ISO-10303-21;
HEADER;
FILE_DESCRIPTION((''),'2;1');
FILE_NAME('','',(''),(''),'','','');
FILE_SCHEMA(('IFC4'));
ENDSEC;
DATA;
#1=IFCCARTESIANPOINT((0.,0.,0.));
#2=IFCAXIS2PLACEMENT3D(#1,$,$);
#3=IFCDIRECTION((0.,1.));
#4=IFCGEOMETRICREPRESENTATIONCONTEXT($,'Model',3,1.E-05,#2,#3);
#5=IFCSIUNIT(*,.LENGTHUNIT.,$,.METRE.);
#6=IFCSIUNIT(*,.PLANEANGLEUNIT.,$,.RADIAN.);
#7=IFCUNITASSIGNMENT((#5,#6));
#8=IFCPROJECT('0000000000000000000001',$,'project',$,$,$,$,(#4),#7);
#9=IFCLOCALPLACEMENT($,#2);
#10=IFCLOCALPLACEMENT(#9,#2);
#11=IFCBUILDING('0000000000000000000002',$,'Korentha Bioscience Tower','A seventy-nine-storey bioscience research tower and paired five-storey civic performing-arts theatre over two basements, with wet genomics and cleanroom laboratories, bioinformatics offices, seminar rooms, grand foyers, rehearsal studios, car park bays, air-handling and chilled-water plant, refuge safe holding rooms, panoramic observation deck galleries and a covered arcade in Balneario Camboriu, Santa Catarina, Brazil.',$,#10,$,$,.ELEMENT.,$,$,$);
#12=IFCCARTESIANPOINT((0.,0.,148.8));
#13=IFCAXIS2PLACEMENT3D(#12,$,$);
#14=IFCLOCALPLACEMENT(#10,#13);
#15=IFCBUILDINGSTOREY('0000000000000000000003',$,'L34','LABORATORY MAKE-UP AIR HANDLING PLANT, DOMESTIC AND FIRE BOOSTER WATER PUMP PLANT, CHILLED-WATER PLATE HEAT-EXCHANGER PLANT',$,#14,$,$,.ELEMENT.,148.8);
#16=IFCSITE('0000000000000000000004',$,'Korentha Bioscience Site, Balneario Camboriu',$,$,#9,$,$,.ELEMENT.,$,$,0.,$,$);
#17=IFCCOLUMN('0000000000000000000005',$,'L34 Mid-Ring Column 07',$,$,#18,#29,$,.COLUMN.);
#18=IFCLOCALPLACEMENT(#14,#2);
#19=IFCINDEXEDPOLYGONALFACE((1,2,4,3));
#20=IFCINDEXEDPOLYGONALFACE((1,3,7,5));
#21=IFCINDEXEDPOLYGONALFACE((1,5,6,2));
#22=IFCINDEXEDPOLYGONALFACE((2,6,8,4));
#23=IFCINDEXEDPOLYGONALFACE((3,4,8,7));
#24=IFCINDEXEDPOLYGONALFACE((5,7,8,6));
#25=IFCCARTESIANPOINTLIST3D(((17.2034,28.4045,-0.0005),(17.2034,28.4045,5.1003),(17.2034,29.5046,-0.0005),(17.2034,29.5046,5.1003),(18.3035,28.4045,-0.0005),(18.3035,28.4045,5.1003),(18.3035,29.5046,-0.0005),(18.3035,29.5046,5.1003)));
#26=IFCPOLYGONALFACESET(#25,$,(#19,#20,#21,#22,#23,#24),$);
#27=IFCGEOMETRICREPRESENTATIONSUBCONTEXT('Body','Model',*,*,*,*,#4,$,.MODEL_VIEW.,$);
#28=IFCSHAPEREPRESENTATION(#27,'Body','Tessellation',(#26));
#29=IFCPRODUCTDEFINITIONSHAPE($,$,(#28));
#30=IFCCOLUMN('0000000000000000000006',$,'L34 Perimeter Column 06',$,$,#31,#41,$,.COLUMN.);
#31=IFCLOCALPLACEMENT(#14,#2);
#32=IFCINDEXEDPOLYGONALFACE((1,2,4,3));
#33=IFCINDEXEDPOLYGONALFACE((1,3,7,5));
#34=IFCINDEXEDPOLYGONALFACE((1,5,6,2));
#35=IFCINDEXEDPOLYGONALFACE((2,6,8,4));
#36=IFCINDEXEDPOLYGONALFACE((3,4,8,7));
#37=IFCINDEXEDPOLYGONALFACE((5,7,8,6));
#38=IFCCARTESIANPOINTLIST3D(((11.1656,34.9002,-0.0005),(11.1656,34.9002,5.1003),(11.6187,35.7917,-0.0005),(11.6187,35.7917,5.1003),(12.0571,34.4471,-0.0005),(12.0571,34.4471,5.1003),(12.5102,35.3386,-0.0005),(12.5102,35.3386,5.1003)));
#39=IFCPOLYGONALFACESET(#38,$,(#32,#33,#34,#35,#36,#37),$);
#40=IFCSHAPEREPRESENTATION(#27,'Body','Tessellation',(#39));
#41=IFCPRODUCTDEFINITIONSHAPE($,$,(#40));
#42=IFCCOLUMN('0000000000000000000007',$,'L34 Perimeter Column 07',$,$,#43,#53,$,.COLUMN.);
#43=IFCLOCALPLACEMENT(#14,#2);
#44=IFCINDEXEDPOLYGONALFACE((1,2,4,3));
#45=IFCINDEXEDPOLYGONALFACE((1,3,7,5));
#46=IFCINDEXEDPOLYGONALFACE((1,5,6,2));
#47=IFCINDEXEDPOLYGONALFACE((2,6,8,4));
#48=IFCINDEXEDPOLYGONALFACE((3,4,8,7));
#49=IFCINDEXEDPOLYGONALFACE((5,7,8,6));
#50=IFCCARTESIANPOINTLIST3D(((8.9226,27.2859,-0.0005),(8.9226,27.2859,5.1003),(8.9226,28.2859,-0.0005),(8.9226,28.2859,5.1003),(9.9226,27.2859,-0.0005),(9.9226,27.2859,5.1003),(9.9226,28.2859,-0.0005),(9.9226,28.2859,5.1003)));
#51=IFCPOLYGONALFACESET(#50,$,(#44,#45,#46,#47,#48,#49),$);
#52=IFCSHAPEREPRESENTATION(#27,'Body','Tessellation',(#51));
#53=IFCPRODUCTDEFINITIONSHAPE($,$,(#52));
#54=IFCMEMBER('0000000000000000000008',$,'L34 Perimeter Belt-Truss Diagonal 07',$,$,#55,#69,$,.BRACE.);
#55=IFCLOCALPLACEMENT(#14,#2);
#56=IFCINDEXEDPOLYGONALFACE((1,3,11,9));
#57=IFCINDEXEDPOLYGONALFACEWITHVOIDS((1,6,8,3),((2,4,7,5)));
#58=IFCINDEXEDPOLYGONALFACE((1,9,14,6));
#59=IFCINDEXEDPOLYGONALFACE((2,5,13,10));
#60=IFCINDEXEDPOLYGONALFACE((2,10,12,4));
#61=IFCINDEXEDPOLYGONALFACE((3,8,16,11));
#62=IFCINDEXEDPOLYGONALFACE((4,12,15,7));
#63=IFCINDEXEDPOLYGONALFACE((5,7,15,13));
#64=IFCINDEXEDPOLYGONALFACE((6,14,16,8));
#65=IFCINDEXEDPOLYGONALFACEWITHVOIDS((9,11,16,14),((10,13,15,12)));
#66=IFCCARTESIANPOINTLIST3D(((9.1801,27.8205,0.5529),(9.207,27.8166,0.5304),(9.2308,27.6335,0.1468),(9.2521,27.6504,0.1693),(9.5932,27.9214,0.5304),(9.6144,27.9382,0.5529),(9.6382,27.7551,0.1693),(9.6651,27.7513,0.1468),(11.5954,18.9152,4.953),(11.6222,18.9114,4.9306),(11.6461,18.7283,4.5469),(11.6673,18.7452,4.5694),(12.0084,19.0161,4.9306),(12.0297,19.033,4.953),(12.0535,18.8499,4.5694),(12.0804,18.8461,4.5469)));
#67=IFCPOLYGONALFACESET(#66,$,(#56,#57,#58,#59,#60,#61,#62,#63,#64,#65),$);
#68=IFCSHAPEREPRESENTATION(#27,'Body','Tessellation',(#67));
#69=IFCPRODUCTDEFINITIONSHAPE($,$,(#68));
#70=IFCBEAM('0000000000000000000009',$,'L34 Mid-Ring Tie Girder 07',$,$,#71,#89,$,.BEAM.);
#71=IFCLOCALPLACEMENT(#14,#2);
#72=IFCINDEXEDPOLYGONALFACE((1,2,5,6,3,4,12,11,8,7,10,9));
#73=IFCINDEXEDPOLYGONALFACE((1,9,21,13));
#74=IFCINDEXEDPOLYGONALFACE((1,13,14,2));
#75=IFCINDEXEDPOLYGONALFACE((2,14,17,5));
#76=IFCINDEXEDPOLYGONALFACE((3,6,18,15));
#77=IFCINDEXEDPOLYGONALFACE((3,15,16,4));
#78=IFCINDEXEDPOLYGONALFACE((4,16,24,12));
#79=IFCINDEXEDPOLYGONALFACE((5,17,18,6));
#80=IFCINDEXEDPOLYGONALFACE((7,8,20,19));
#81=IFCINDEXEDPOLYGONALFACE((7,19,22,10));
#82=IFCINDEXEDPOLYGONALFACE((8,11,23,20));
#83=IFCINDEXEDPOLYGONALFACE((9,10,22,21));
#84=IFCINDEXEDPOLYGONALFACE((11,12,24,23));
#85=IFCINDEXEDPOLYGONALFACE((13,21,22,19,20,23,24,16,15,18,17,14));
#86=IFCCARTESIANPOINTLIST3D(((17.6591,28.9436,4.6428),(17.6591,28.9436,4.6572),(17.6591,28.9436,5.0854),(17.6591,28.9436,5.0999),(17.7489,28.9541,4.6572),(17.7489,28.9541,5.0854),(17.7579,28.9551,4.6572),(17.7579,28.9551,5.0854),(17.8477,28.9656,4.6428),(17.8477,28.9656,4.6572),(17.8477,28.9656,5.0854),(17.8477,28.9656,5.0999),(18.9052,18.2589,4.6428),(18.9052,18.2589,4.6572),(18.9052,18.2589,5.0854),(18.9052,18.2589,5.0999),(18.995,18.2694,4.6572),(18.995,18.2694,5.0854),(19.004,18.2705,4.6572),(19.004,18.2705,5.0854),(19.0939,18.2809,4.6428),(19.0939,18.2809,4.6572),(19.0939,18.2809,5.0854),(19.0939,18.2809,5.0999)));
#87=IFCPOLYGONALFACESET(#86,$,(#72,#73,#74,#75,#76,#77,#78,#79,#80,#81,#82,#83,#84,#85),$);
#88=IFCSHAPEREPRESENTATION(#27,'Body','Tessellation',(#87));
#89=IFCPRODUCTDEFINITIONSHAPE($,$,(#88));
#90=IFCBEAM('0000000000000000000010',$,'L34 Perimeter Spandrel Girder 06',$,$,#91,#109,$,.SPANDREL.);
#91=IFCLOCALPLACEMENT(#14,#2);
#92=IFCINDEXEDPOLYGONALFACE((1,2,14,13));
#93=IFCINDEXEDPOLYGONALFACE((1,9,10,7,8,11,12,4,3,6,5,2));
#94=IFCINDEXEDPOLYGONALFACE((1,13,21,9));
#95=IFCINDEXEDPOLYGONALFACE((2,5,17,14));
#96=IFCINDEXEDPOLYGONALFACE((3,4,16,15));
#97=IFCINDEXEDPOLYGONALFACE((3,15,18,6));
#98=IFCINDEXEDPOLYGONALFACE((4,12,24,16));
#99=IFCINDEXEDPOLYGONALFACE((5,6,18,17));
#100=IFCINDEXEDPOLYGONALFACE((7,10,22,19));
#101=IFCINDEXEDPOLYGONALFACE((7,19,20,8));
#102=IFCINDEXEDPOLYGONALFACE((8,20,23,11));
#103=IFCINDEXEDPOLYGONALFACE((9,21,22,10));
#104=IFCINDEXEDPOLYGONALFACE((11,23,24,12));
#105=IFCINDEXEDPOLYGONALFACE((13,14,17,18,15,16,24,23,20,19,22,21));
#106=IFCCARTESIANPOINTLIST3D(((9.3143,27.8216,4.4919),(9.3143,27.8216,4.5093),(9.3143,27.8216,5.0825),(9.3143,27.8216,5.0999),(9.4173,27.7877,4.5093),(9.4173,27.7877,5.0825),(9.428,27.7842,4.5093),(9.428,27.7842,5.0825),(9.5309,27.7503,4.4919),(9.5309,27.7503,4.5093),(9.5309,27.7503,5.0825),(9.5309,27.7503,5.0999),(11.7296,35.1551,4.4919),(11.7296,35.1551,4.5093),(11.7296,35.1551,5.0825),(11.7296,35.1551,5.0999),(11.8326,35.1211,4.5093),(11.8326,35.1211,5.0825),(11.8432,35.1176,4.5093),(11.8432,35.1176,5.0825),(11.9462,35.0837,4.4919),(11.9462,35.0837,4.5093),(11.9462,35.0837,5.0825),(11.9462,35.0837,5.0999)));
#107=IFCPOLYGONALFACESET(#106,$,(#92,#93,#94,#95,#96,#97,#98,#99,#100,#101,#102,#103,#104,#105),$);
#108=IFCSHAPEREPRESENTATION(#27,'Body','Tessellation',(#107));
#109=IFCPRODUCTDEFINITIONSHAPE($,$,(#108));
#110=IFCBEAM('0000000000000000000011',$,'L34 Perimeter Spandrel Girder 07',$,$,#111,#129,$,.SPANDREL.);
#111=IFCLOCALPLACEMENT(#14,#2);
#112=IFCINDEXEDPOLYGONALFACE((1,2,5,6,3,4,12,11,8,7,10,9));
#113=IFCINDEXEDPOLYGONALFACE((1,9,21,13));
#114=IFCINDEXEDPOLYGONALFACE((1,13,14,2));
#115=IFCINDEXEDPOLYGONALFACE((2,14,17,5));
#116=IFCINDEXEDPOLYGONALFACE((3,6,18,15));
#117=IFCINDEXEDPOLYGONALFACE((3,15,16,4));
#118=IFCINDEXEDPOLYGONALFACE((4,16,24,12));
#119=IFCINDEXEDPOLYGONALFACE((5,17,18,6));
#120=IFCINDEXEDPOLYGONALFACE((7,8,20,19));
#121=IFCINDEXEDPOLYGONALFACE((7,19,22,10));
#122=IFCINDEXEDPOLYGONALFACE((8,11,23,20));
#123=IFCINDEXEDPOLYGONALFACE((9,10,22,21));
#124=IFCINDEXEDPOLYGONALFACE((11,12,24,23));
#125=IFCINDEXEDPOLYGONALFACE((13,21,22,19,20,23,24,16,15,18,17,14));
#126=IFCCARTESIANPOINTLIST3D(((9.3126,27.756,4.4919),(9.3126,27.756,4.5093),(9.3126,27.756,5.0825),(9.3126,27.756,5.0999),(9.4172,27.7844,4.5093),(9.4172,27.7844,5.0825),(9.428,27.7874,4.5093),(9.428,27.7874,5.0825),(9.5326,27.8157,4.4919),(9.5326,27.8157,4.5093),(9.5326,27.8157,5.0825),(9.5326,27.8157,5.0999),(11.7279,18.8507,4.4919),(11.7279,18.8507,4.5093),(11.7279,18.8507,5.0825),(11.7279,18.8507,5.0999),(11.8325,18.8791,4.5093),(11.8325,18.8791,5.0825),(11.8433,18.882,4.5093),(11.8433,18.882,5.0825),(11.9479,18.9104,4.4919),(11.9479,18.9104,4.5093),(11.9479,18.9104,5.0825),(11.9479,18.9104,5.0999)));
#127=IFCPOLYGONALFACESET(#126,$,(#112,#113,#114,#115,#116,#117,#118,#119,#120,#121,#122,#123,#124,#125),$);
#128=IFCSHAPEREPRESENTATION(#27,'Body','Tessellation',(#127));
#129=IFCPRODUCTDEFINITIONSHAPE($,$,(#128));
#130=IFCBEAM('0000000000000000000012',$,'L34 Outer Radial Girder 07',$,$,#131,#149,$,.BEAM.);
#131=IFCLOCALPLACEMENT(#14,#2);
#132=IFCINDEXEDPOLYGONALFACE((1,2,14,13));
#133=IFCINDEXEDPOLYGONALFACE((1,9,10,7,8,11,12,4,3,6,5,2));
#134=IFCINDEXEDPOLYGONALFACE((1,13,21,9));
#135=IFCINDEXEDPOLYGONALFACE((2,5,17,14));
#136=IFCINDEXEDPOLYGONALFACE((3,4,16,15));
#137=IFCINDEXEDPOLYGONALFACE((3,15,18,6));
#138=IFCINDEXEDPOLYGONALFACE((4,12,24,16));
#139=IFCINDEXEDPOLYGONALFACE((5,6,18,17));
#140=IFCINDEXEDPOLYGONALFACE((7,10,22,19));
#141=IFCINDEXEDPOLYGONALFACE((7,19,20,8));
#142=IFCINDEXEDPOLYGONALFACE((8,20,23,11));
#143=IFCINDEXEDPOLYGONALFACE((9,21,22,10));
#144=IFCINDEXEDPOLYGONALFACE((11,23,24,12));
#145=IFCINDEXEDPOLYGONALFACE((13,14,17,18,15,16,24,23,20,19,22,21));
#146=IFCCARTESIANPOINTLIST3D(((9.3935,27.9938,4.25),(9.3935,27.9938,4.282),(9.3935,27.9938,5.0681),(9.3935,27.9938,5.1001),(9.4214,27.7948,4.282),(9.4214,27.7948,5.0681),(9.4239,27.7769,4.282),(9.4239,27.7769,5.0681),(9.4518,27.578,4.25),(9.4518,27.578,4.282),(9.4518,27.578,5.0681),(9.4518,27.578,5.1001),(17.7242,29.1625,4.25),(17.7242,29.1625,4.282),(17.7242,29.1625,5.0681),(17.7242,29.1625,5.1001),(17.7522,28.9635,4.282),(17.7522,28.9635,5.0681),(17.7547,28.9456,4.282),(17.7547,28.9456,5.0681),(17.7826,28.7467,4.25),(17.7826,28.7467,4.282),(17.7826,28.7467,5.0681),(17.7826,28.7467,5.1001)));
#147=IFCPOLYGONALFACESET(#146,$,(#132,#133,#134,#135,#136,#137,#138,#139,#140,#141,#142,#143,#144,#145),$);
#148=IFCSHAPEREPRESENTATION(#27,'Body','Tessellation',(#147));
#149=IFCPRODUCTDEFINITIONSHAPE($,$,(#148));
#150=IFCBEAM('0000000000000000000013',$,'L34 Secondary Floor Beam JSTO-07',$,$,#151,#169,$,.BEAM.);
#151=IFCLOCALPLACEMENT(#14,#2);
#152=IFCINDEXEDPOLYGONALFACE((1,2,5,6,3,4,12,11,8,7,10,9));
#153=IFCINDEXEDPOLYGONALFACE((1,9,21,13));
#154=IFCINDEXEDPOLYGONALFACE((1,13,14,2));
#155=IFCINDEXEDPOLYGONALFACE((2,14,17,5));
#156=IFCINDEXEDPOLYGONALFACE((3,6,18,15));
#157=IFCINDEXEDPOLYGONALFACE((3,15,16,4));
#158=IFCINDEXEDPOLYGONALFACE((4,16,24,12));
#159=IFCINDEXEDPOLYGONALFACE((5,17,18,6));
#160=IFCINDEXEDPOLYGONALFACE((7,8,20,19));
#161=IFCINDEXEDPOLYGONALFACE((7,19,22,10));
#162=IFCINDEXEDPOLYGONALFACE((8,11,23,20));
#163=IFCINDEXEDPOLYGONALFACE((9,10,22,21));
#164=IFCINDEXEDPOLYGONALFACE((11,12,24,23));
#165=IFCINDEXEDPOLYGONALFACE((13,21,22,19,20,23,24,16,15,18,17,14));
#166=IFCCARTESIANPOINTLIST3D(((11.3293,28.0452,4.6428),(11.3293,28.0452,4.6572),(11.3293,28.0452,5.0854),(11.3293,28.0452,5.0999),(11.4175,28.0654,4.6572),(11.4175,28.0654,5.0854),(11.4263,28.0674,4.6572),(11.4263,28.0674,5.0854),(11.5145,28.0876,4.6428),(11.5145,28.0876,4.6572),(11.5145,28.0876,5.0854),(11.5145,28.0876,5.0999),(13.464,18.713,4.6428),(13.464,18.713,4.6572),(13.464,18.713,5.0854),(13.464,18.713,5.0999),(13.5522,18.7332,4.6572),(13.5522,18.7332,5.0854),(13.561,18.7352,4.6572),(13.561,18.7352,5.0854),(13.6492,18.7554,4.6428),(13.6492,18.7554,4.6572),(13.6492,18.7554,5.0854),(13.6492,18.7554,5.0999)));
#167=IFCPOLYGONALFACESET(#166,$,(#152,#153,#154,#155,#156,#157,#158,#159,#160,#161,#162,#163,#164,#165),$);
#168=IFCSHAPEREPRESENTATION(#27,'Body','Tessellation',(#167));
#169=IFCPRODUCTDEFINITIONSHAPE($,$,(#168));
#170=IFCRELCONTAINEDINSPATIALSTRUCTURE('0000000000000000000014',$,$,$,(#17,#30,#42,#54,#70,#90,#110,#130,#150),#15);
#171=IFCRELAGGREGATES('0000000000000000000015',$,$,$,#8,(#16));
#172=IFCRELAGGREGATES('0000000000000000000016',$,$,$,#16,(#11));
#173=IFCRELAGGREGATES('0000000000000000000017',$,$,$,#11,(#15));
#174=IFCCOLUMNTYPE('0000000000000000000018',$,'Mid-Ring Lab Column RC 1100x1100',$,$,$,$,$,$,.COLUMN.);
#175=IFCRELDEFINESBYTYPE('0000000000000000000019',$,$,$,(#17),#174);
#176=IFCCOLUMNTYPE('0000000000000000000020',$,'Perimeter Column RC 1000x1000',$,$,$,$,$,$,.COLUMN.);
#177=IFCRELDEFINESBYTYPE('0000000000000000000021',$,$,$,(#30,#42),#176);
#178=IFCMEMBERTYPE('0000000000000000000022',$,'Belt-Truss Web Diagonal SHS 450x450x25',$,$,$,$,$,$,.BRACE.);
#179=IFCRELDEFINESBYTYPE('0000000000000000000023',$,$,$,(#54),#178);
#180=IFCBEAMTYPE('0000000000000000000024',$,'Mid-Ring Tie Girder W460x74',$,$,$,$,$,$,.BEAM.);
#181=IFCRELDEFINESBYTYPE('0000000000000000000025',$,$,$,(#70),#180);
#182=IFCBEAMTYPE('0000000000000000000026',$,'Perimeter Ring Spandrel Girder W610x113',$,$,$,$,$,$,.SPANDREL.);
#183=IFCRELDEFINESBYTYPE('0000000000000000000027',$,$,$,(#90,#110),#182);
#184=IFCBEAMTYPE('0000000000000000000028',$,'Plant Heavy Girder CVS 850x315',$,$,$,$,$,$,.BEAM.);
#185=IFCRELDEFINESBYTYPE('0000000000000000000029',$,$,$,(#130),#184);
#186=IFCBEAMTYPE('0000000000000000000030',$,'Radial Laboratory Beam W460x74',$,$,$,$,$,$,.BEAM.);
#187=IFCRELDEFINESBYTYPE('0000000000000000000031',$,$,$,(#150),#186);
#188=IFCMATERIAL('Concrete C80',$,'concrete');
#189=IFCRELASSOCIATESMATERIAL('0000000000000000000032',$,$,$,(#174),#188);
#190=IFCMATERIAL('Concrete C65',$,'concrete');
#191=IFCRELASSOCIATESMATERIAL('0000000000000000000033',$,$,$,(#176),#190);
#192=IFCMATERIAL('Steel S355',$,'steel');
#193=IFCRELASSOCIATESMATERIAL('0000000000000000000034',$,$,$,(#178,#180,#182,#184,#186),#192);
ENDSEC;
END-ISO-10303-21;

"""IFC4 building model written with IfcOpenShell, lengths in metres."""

from ifc_helpers import new_model, si_unit, direction, frame, origin, origin_2d, place, context, subcontext, project, spatial, rectangle, hollow_rectangle, i_section, extrude, material, material_profile, profile_set, type_object, element, save


model = new_model("IFC4")

# Units and contexts
model_context = context("Model", 3, precision=1e-05, world=origin(), true_north=direction((0.0, 1.0)))
body_context = subcontext(model_context, "Body", "Model", "MODEL_VIEW")
ifc_project = project(units=[si_unit("LENGTHUNIT", "METRE"), si_unit("PLANEANGLEUNIT", "RADIAN")], contexts=[model_context])

# Site, building, storey
site_placement = place(None, origin())
site = spatial("IfcSite", under=ifc_project, at=site_placement, Name="Korentha Bioscience Site, Balneario Camboriu", CompositionType="ELEMENT", RefElevation=0.0)
building_placement = place(site_placement, origin())
building = spatial("IfcBuilding", under=site, at=building_placement, Name="Korentha Bioscience Tower", Description="A seventy-nine-storey bioscience research tower and paired five-storey civic performing-arts theatre over two basements, with wet genomics and cleanroom laboratories, bioinformatics offices, seminar rooms, grand foyers, rehearsal studios, car park bays, air-handling and chilled-water plant, refuge safe holding rooms, panoramic observation deck galleries and a covered arcade in Balneario Camboriu, Santa Catarina, Brazil.", CompositionType="ELEMENT")
storey_placement = place(building_placement, frame((0.0, 0.0, 148.8)))
storey = spatial("IfcBuildingStorey", under=building, at=storey_placement, Name="L34", Description="LABORATORY MAKE-UP AIR HANDLING PLANT, DOMESTIC AND FIRE BOOSTER WATER PUMP PLANT, CHILLED-WATER PLATE HEAT-EXCHANGER PLANT", CompositionType="ELEMENT", Elevation=148.8)

# Columns
ifc_material_1 = material(Name="Concrete C80", Category="concrete")
ifc_material_profile_1 = material_profile(ifc_material_1, rectangle(XDim=1.1001, YDim=1.1001, at=origin_2d()), Name="Concrete C80")
ifc_profile_set_1 = profile_set([ifc_material_profile_1], Name="Concrete C80 (COL-MR11)")
column_type_1 = type_object("IfcColumnType", Name="Mid-Ring Lab Column RC 1100x1100", PredefinedType="COLUMN", material=ifc_profile_set_1)
column_placement = place(storey_placement, frame((17.7534, 28.9546, -0.0005), z_axis=(0.0, 0.0, 1.0), x_axis=(1.0, 0.0, 0.0)))
element("IfcColumn", 1, at=column_placement, inside=storey, type_object=column_type_1, Name="L34 Mid-Ring Column 07", PredefinedType="COLUMN", context=body_context, shape_type="SweptSolid", body=[
    extrude(rectangle(XDim=1.1001, YDim=1.1001, at=origin_2d()), origin(), (0.0, 0.0, 1.0), 5.1008),
])
ifc_material_2 = material(Name="Concrete C65", Category="concrete")
ifc_material_profile_2 = material_profile(ifc_material_2, rectangle(XDim=1.0, YDim=1.0, at=origin_2d()), Name="Concrete C65")
ifc_profile_set_2 = profile_set([ifc_material_profile_2], Name="Concrete C65 (COL-P10)")
column_type_2 = type_object("IfcColumnType", Name="Perimeter Column RC 1000x1000", PredefinedType="COLUMN", material=ifc_profile_set_2)
for number, where, z_axis, x_axis, name in (
    (2, (11.8379, 35.1194, -0.0005), (0.0, 0.0, 1.0), (0.453057, 0.891481, 0.0), "L34 Perimeter Column 06"),
    (3, (9.4226, 27.7859, -0.0005), (0.0, 0.0, 1.0), (0.0, 1.0, 0.0), "L34 Perimeter Column 07"),
):
    element("IfcColumn", number, at=place(storey_placement, frame(where, z_axis=z_axis, x_axis=x_axis)), inside=storey, type_object=column_type_2, Name=name, PredefinedType="COLUMN", context=body_context, shape_type="SweptSolid", body=[
        extrude(rectangle(XDim=1.0, YDim=1.0, at=origin_2d()), origin(), (0.0, 0.0, 1.0), 5.1008),
    ])

# Member
ifc_material_3 = material(Name="Steel S355", Category="steel")
ifc_material_profile_3 = material_profile(ifc_material_3, hollow_rectangle(XDim=0.45, YDim=0.45, WallThickness=0.0249, at=origin_2d()), Name="Steel S355")
ifc_profile_set_3 = profile_set([ifc_material_profile_3], Name="Steel S355 (BT-D450)")
member_type = type_object("IfcMemberType", Name="Belt-Truss Web Diagonal SHS 450x450x25", PredefinedType="BRACE", material=ifc_profile_set_3)
member_placement = place(storey_placement, frame((9.4226, 27.7859, 0.3499), z_axis=(0.236272, -0.871147, 0.430439), x_axis=(0.965132, 0.261763, 0.0)))
element("IfcMember", 4, at=member_placement, inside=storey, type_object=member_type, Name="L34 Perimeter Belt-Truss Diagonal 07", PredefinedType="BRACE", context=body_context, shape_type="SweptSolid", body=[
    extrude(hollow_rectangle(XDim=0.45, YDim=0.45, WallThickness=0.0249, at=origin_2d()), origin(), (0.0, 0.0, 1.0), 10.2224),
])

# Beams
ifc_material_profile_4 = material_profile(ifc_material_3, i_section(OverallWidth=0.1899, OverallDepth=0.457, WebThickness=0.009, FlangeThickness=0.0144, at=origin_2d()), Name="Steel S355")
ifc_profile_set_4 = profile_set([ifc_material_profile_4], Name="Steel S355 (MB-460)")
beam_type_1 = type_object("IfcBeamType", Name="Mid-Ring Tie Girder W460x74", PredefinedType="BEAM", material=ifc_profile_set_4)
beam_1_placement = place(storey_placement, frame((17.7534, 28.9546, 4.8713), z_axis=(0.11584, -0.993268, 0.0), x_axis=(0.993268, 0.11584, 0.0)))
element("IfcBeam", 5, at=beam_1_placement, inside=storey, type_object=beam_type_1, Name="L34 Mid-Ring Tie Girder 07", PredefinedType="BEAM", context=body_context, shape_type="SweptSolid", body=[
    extrude(i_section(OverallWidth=0.1899, OverallDepth=0.457, WebThickness=0.009, FlangeThickness=0.0144, at=origin_2d()), origin(), (0.0, 0.0, 1.0), 10.7571),
])
ifc_material_profile_5 = material_profile(ifc_material_3, i_section(OverallWidth=0.228, OverallDepth=0.6079, WebThickness=0.0112, FlangeThickness=0.0173, at=origin_2d()), Name="Steel S355")
ifc_profile_set_5 = profile_set([ifc_material_profile_5], Name="Steel S355 (SB-610)")
beam_type_2 = type_object("IfcBeamType", Name="Perimeter Ring Spandrel Girder W610x113", PredefinedType="SPANDREL", material=ifc_profile_set_5)
beam_2_placement = place(storey_placement, frame((11.8379, 35.1194, 4.7959), z_axis=(-0.31282, -0.949812, 0.0), x_axis=(0.949812, -0.31282, 0.0)))
element("IfcBeam", 6, at=beam_2_placement, inside=storey, type_object=beam_type_2, Name="L34 Perimeter Spandrel Girder 06", PredefinedType="SPANDREL", context=body_context, shape_type="SweptSolid", body=[
    extrude(i_section(OverallWidth=0.228, OverallDepth=0.6079, WebThickness=0.0112, FlangeThickness=0.0173, at=origin_2d()), origin(), (0.0, 0.0, 1.0), 7.7209),
])
beam_3_placement = place(storey_placement, frame((9.4226, 27.7859, 4.7959), z_axis=(0.261763, -0.965132, 0.0), x_axis=(0.965132, 0.261763, 0.0)))
element("IfcBeam", 7, at=beam_3_placement, inside=storey, type_object=beam_type_2, Name="L34 Perimeter Spandrel Girder 07", PredefinedType="SPANDREL", context=body_context, shape_type="SweptSolid", body=[
    extrude(i_section(OverallWidth=0.228, OverallDepth=0.6079, WebThickness=0.0112, FlangeThickness=0.0173, at=origin_2d()), origin(), (0.0, 0.0, 1.0), 9.2271),
])
ifc_material_profile_6 = material_profile(ifc_material_3, i_section(OverallWidth=0.4199, OverallDepth=0.8501, WebThickness=0.0181, FlangeThickness=0.032, at=origin_2d()), Name="Steel S355")
ifc_profile_set_6 = profile_set([ifc_material_profile_6], Name="Steel S355 (MB-850)")
beam_type_3 = type_object("IfcBeamType", Name="Plant Heavy Girder CVS 850x315", PredefinedType="BEAM", material=ifc_profile_set_6)
beam_4_placement = place(storey_placement, frame((17.7534, 28.9546, 4.675), z_axis=(-0.990303, -0.138926, 0.0), x_axis=(0.138926, -0.990303, 0.0)))
element("IfcBeam", 8, at=beam_4_placement, inside=storey, type_object=beam_type_3, Name="L34 Outer Radial Girder 07", PredefinedType="BEAM", context=body_context, shape_type="SweptSolid", body=[
    extrude(i_section(OverallWidth=0.4199, OverallDepth=0.8501, WebThickness=0.0181, FlangeThickness=0.032, at=origin_2d()), origin(), (0.0, 0.0, 1.0), 8.4124),
])
ifc_material_profile_7 = material_profile(ifc_material_3, i_section(OverallWidth=0.1899, OverallDepth=0.457, WebThickness=0.009, FlangeThickness=0.0144, at=origin_2d()), Name="Steel S355")
ifc_profile_set_7 = profile_set([ifc_material_profile_7], Name="Steel S355 (RB-460)")
beam_type_4 = type_object("IfcBeamType", Name="Radial Laboratory Beam W460x74", PredefinedType="BEAM", material=ifc_profile_set_7)
beam_5_placement = place(storey_placement, frame((11.4219, 28.0664, 4.8713), z_axis=(0.222991, -0.974821, 0.0), x_axis=(0.974821, 0.222991, 0.0)))
element("IfcBeam", 9, at=beam_5_placement, inside=storey, type_object=beam_type_4, Name="L34 Secondary Floor Beam JSTO-07", PredefinedType="BEAM", context=body_context, shape_type="SweptSolid", body=[
    extrude(i_section(OverallWidth=0.1899, OverallDepth=0.457, WebThickness=0.009, FlangeThickness=0.0144, at=origin_2d()), origin(), (0.0, 0.0, 1.0), 9.5732),
])

save(model, "model.ifc")
